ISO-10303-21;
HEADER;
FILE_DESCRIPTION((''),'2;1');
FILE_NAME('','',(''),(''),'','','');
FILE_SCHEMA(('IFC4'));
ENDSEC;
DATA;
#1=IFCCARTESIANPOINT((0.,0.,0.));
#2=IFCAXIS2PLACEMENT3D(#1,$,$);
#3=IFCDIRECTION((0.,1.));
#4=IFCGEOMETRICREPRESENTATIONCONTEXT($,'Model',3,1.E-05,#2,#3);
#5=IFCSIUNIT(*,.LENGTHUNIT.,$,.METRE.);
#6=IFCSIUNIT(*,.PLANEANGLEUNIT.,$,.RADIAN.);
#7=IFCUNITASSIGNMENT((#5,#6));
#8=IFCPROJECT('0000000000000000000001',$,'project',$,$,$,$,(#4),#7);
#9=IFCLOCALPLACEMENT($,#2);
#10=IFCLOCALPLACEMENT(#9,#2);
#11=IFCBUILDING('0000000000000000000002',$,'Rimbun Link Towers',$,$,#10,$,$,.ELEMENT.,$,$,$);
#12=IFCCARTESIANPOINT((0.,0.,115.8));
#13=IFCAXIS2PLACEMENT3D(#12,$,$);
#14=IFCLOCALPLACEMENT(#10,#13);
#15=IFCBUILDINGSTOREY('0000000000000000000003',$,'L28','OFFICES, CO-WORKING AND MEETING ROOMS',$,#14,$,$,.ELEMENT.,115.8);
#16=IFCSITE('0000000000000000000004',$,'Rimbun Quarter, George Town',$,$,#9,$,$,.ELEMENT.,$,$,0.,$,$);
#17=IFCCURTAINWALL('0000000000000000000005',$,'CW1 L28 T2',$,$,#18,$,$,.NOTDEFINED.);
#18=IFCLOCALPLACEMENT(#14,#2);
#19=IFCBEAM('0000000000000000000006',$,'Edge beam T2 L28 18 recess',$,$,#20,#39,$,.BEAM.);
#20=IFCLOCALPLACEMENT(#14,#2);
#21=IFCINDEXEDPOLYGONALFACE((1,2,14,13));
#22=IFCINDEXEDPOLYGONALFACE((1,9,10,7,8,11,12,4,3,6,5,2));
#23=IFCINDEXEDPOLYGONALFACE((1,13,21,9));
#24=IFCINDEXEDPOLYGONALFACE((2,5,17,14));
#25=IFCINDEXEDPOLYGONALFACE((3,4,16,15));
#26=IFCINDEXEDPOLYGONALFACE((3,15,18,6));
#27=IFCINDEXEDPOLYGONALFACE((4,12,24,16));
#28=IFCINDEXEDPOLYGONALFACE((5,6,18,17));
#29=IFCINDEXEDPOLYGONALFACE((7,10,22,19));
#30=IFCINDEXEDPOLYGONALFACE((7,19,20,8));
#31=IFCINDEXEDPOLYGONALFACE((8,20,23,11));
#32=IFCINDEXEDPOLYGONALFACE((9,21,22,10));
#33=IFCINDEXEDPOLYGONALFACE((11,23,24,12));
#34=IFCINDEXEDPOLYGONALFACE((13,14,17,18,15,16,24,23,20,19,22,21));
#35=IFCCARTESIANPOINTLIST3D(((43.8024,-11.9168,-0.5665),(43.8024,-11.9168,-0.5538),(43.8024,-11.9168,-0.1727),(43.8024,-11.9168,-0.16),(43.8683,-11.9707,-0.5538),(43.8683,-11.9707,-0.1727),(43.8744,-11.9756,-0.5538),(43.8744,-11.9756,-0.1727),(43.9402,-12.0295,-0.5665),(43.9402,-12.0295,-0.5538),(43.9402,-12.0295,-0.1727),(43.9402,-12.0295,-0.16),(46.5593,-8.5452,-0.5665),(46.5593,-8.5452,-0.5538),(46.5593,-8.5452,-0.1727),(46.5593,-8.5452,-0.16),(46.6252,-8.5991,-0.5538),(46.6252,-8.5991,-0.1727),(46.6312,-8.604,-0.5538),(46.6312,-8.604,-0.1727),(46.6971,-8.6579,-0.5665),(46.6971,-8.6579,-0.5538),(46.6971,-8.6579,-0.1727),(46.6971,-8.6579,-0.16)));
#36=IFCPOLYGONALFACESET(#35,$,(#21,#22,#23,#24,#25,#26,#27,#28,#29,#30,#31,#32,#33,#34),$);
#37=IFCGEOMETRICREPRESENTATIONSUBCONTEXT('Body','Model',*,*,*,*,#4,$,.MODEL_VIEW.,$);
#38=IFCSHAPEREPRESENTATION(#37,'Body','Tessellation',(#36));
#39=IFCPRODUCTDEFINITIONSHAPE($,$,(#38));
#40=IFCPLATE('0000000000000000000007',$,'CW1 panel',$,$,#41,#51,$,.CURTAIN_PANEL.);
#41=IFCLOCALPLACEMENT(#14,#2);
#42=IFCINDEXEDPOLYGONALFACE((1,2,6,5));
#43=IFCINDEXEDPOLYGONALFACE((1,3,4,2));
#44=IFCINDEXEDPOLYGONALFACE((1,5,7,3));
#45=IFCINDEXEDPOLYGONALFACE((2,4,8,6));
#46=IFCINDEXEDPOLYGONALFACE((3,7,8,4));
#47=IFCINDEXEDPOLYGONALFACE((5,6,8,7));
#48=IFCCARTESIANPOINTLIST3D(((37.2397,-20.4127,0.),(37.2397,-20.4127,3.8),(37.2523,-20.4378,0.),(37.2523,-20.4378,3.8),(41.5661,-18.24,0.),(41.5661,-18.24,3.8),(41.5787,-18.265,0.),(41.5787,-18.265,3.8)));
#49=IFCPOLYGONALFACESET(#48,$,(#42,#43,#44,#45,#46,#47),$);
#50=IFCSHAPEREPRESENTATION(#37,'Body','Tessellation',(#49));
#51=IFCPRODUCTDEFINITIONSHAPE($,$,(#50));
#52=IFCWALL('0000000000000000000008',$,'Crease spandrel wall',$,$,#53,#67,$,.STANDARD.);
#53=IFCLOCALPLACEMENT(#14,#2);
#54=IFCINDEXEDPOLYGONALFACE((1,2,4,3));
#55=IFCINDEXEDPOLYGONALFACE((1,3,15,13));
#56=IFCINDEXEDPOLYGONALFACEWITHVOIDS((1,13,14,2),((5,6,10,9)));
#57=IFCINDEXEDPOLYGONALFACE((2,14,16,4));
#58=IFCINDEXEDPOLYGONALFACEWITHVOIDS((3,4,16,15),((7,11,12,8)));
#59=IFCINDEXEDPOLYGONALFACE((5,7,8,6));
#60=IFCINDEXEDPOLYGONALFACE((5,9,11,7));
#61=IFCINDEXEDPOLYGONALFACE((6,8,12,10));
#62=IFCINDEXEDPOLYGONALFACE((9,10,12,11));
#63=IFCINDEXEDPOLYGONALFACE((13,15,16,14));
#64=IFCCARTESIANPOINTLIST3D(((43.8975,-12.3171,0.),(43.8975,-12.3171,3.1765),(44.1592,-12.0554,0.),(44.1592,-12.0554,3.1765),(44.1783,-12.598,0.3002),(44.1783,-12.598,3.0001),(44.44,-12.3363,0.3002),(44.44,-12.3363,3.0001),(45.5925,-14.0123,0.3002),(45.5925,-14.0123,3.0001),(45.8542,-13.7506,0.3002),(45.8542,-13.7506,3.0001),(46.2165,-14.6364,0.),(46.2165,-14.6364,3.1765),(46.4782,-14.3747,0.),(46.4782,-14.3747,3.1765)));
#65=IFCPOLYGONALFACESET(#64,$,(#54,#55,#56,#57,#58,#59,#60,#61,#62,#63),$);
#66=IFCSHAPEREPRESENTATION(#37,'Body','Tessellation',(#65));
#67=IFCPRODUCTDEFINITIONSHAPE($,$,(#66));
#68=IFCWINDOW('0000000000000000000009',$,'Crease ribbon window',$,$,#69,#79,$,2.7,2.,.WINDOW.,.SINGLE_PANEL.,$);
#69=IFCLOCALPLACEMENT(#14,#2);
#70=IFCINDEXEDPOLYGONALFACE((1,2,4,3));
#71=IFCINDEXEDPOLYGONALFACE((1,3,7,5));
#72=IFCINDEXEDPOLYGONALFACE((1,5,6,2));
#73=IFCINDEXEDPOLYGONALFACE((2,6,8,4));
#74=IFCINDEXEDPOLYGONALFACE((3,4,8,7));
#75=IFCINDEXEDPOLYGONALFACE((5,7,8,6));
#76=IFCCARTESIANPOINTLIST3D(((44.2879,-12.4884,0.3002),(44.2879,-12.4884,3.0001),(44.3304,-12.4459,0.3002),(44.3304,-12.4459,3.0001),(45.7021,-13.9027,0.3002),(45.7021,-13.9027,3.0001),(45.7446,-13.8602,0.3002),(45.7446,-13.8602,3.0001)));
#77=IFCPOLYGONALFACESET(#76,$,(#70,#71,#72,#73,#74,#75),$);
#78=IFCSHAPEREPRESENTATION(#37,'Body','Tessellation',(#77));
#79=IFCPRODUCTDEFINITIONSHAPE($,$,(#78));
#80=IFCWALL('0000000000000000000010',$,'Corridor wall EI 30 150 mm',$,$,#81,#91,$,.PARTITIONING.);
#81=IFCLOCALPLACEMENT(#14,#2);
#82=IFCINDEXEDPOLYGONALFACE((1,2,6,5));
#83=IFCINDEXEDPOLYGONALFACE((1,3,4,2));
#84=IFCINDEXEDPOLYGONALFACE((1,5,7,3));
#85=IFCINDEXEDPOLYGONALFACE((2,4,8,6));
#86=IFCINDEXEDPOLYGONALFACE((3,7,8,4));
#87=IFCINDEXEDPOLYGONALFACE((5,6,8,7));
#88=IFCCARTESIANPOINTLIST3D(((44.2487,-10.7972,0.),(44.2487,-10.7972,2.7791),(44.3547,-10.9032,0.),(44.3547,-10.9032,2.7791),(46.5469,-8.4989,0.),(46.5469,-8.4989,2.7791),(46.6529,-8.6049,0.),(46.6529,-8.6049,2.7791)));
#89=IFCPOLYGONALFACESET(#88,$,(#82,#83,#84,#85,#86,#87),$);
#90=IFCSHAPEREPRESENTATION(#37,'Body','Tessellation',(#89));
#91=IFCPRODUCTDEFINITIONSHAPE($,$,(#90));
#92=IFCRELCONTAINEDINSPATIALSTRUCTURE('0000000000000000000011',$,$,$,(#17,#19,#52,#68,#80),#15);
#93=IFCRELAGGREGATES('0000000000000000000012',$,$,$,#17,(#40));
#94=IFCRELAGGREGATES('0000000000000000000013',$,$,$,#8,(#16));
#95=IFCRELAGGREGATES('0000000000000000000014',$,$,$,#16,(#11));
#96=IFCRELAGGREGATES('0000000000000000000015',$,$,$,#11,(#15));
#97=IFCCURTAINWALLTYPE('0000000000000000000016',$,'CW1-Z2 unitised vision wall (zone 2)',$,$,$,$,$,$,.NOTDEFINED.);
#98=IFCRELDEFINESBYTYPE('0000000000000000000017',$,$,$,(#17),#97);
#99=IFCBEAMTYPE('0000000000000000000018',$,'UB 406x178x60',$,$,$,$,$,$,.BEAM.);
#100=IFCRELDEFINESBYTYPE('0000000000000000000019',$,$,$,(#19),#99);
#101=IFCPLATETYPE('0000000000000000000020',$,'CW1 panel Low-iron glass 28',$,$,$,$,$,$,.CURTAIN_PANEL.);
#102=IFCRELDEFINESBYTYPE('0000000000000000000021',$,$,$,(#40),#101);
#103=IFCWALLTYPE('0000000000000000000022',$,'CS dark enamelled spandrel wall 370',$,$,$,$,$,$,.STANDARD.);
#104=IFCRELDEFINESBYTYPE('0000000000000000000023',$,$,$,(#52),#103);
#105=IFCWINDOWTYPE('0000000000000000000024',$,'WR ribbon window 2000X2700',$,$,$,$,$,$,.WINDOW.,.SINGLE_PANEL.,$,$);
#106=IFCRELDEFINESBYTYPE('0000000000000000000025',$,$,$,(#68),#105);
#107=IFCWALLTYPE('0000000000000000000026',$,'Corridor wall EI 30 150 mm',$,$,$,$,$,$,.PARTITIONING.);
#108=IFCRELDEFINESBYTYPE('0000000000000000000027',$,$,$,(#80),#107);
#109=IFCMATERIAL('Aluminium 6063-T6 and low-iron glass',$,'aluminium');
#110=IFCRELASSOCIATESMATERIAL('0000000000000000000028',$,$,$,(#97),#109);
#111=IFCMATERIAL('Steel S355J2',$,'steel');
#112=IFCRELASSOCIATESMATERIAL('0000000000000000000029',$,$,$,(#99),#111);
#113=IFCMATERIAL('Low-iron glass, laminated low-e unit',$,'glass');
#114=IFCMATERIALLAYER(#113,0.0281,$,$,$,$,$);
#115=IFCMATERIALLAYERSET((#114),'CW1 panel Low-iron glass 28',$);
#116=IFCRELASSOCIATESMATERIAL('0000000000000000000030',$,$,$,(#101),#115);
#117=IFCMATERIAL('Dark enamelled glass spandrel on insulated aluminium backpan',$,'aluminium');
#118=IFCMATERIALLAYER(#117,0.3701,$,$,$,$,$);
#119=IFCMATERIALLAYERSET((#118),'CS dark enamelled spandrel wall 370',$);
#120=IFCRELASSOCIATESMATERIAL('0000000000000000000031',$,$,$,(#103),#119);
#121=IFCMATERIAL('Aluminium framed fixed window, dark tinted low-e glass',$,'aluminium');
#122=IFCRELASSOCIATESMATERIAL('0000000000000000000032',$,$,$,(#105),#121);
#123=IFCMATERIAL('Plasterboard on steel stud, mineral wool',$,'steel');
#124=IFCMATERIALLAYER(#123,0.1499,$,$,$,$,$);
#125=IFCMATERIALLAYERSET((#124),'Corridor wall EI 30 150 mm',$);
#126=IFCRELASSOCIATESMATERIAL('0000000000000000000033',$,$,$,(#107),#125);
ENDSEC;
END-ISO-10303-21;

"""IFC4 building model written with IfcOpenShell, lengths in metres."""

from ifc_helpers import new_model, si_unit, direction, frame, frame_2d, origin, origin_2d, place, context, subcontext, project, spatial, rectangle, i_section, extrude, material, layer, layer_set, material_profile, profile_set, type_object, element, fill, aggregate, save


model = new_model("IFC4")

# Units and contexts
model_context = context("Model", 3, precision=1e-05, world=origin(), true_north=direction((0.0, 1.0)))
body_context = subcontext(model_context, "Body", "Model", "MODEL_VIEW")
ifc_project = project(units=[si_unit("LENGTHUNIT", "METRE"), si_unit("PLANEANGLEUNIT", "RADIAN")], contexts=[model_context])

# Site, building, storey
site_placement = place(None, origin())
site = spatial("IfcSite", under=ifc_project, at=site_placement, Name="Rimbun Quarter, George Town", CompositionType="ELEMENT", RefElevation=0.0)
building_placement = place(site_placement, origin())
building = spatial("IfcBuilding", under=site, at=building_placement, Name="Rimbun Link Towers", CompositionType="ELEMENT")
storey_placement = place(building_placement, frame((0.0, 0.0, 115.8)))
storey = spatial("IfcBuildingStorey", under=building, at=storey_placement, Name="L28", Description="OFFICES, CO-WORKING AND MEETING ROOMS", CompositionType="ELEMENT", Elevation=115.8)

# Curtain wall
ifc_material_1 = material(Name="Aluminium 6063-T6 and low-iron glass", Category="aluminium")
curtain_wall_type = type_object("IfcCurtainWallType", Name="CW1-Z2 unitised vision wall (zone 2)", PredefinedType="NOTDEFINED", material=ifc_material_1)
curtain_wall_placement = place(storey_placement, origin())
curtain_wall = element("IfcCurtainWall", 1, at=curtain_wall_placement, inside=storey, type_object=curtain_wall_type, Name="CW1 L28 T2", PredefinedType="NOTDEFINED")

# Beam
ifc_material_2 = material(Name="Steel S355J2", Category="steel")
ifc_material_profile_1 = material_profile(ifc_material_2, i_section(OverallWidth=0.178, OverallDepth=0.4065, WebThickness=0.0078, FlangeThickness=0.0127, at=origin_2d()), Name="UB 406x178x60")
ifc_profile_set_1 = profile_set([ifc_material_profile_1], Name="Steel S355J2")
beam_type = type_object("IfcBeamType", Name="UB 406x178x60", PredefinedType="BEAM", material=ifc_profile_set_1)
beam_1_placement = place(storey_placement, frame((43.8713, -11.9731, -0.3633), z_axis=(0.633, 0.774152, 0.0), x_axis=(-0.774152, 0.633, 0.0)))
element("IfcBeam", 2, at=beam_1_placement, inside=storey, type_object=beam_type, Name="Edge beam T2 L28 18 recess", PredefinedType="BEAM", context=body_context, shape_type="SweptSolid", body=[
    extrude(i_section(OverallWidth=0.178, OverallDepth=0.4065, WebThickness=0.0078, FlangeThickness=0.0127, at=origin_2d()), origin(), (0.0, 0.0, 1.0), 4.3552),
])

# Plate
ifc_material_3 = material(Name="Low-iron glass, laminated low-e unit", Category="glass")
ifc_layer_1 = layer(ifc_material_3, 0.0281)
ifc_layer_set_1 = layer_set([ifc_layer_1], Name="CW1 panel Low-iron glass 28")
plate_type = type_object("IfcPlateType", Name="CW1 panel Low-iron glass 28", PredefinedType="CURTAIN_PANEL", material=ifc_layer_set_1)
plate_placement = place(storey_placement, frame((39.4092, -19.3389, 0.0), z_axis=(0.0, 0.0, 1.0), x_axis=(-0.893638, -0.448789, 0.0)))
plate = element("IfcPlate", 3, at=plate_placement, type_object=plate_type, Name="CW1 panel", PredefinedType="CURTAIN_PANEL", context=body_context, shape_type="SweptSolid", body=[
    extrude(rectangle(XDim=4.8413, YDim=0.0281, at=origin_2d()), origin(), (0.0, 0.0, 1.0), 3.8),
])
aggregate(curtain_wall, [plate])

# Wall, opening, window
ifc_material_4 = material(Name="Dark enamelled glass spandrel on insulated aluminium backpan", Category="aluminium")
ifc_layer_2 = layer(ifc_material_4, 0.3701)
ifc_layer_set_2 = layer_set([ifc_layer_2], Name="CS dark enamelled spandrel wall 370")
wall_type_1 = type_object("IfcWallType", Name="CS dark enamelled spandrel wall 370", PredefinedType="STANDARD", material=ifc_layer_set_2)
wall_1_placement = place(storey_placement, frame((44.0283, -12.1863, 0.0), z_axis=(0.0, 0.0, 1.0), x_axis=(0.70707, -0.707144, 0.0)))
wall_1 = element("IfcWall", 4, at=wall_1_placement, inside=storey, type_object=wall_type_1, Name="Crease spandrel wall", PredefinedType="STANDARD", context=body_context, shape_type="SweptSolid", body=[
    extrude(rectangle(XDim=3.2798, YDim=0.3701, at=frame_2d((1.6399, 0.0))), origin(), (0.0, 0.0, 1.0), 3.1765),
])
opening_1_placement = place(wall_1_placement, frame((0.3972, 0.0, 0.3)))
opening_1 = element("IfcOpeningElement", 5, at=opening_1_placement, cuts=wall_1, PredefinedType="OPENING", context=body_context, shape_type="SweptSolid", body=[
    extrude(rectangle(XDim=2.0, YDim=2.7, at=frame_2d((1.0, 1.3501))), frame((0.0, 0.1951, 0.0), z_axis=(0.0, -1.0, 0.0), x_axis=(1.0, 0.0, 0.0)), (0.0, 0.0, 1.0), 0.3901),
])
ifc_material_5 = material(Name="Aluminium framed fixed window, dark tinted low-e glass", Category="aluminium")
window_type = type_object("IfcWindowType", Name="WR ribbon window 2000X2700", PartitioningType="SINGLE_PANEL", PredefinedType="WINDOW", material=ifc_material_5)
window_placement = place(opening_1_placement, origin())
window = element("IfcWindow", 6, at=window_placement, inside=storey, type_object=window_type, Name="Crease ribbon window", OverallHeight=2.7, OverallWidth=2.0, PartitioningType="SINGLE_PANEL", PredefinedType="WINDOW", context=body_context, shape_type="SweptSolid", body=[
    extrude(rectangle(XDim=2.0, YDim=2.7, at=frame_2d((1.0, 1.3501))), frame((0.0, 0.03, 0.0), z_axis=(0.0, -1.0, 0.0), x_axis=(1.0, 0.0, 0.0)), (0.0, 0.0, 1.0), 0.0601),
])
fill(opening_1, window)

# Wall
ifc_material_6 = material(Name="Plasterboard on steel stud, mineral wool", Category="steel")
ifc_layer_3 = layer(ifc_material_6, 0.1499)
ifc_layer_set_3 = layer_set([ifc_layer_3], Name="Corridor wall EI 30 150 mm")
wall_type_2 = type_object("IfcWallType", Name="Corridor wall EI 30 150 mm", PredefinedType="PARTITIONING", material=ifc_layer_set_3)
wall_2_placement = place(storey_placement, frame((44.3018, -10.8501, 0.0), z_axis=(0.0, 0.0, 1.0), x_axis=(0.707107, 0.707107, 0.0)))
element("IfcWall", 7, at=wall_2_placement, inside=storey, type_object=wall_type_2, Name="Corridor wall EI 30 150 mm", PredefinedType="PARTITIONING", context=body_context, shape_type="SweptSolid", body=[
    extrude(rectangle(XDim=3.2502, YDim=0.1499, at=frame_2d((1.625, 0.0))), origin(), (0.0, 0.0, 1.0), 2.7791),
])

save(model, "model.ifc")
